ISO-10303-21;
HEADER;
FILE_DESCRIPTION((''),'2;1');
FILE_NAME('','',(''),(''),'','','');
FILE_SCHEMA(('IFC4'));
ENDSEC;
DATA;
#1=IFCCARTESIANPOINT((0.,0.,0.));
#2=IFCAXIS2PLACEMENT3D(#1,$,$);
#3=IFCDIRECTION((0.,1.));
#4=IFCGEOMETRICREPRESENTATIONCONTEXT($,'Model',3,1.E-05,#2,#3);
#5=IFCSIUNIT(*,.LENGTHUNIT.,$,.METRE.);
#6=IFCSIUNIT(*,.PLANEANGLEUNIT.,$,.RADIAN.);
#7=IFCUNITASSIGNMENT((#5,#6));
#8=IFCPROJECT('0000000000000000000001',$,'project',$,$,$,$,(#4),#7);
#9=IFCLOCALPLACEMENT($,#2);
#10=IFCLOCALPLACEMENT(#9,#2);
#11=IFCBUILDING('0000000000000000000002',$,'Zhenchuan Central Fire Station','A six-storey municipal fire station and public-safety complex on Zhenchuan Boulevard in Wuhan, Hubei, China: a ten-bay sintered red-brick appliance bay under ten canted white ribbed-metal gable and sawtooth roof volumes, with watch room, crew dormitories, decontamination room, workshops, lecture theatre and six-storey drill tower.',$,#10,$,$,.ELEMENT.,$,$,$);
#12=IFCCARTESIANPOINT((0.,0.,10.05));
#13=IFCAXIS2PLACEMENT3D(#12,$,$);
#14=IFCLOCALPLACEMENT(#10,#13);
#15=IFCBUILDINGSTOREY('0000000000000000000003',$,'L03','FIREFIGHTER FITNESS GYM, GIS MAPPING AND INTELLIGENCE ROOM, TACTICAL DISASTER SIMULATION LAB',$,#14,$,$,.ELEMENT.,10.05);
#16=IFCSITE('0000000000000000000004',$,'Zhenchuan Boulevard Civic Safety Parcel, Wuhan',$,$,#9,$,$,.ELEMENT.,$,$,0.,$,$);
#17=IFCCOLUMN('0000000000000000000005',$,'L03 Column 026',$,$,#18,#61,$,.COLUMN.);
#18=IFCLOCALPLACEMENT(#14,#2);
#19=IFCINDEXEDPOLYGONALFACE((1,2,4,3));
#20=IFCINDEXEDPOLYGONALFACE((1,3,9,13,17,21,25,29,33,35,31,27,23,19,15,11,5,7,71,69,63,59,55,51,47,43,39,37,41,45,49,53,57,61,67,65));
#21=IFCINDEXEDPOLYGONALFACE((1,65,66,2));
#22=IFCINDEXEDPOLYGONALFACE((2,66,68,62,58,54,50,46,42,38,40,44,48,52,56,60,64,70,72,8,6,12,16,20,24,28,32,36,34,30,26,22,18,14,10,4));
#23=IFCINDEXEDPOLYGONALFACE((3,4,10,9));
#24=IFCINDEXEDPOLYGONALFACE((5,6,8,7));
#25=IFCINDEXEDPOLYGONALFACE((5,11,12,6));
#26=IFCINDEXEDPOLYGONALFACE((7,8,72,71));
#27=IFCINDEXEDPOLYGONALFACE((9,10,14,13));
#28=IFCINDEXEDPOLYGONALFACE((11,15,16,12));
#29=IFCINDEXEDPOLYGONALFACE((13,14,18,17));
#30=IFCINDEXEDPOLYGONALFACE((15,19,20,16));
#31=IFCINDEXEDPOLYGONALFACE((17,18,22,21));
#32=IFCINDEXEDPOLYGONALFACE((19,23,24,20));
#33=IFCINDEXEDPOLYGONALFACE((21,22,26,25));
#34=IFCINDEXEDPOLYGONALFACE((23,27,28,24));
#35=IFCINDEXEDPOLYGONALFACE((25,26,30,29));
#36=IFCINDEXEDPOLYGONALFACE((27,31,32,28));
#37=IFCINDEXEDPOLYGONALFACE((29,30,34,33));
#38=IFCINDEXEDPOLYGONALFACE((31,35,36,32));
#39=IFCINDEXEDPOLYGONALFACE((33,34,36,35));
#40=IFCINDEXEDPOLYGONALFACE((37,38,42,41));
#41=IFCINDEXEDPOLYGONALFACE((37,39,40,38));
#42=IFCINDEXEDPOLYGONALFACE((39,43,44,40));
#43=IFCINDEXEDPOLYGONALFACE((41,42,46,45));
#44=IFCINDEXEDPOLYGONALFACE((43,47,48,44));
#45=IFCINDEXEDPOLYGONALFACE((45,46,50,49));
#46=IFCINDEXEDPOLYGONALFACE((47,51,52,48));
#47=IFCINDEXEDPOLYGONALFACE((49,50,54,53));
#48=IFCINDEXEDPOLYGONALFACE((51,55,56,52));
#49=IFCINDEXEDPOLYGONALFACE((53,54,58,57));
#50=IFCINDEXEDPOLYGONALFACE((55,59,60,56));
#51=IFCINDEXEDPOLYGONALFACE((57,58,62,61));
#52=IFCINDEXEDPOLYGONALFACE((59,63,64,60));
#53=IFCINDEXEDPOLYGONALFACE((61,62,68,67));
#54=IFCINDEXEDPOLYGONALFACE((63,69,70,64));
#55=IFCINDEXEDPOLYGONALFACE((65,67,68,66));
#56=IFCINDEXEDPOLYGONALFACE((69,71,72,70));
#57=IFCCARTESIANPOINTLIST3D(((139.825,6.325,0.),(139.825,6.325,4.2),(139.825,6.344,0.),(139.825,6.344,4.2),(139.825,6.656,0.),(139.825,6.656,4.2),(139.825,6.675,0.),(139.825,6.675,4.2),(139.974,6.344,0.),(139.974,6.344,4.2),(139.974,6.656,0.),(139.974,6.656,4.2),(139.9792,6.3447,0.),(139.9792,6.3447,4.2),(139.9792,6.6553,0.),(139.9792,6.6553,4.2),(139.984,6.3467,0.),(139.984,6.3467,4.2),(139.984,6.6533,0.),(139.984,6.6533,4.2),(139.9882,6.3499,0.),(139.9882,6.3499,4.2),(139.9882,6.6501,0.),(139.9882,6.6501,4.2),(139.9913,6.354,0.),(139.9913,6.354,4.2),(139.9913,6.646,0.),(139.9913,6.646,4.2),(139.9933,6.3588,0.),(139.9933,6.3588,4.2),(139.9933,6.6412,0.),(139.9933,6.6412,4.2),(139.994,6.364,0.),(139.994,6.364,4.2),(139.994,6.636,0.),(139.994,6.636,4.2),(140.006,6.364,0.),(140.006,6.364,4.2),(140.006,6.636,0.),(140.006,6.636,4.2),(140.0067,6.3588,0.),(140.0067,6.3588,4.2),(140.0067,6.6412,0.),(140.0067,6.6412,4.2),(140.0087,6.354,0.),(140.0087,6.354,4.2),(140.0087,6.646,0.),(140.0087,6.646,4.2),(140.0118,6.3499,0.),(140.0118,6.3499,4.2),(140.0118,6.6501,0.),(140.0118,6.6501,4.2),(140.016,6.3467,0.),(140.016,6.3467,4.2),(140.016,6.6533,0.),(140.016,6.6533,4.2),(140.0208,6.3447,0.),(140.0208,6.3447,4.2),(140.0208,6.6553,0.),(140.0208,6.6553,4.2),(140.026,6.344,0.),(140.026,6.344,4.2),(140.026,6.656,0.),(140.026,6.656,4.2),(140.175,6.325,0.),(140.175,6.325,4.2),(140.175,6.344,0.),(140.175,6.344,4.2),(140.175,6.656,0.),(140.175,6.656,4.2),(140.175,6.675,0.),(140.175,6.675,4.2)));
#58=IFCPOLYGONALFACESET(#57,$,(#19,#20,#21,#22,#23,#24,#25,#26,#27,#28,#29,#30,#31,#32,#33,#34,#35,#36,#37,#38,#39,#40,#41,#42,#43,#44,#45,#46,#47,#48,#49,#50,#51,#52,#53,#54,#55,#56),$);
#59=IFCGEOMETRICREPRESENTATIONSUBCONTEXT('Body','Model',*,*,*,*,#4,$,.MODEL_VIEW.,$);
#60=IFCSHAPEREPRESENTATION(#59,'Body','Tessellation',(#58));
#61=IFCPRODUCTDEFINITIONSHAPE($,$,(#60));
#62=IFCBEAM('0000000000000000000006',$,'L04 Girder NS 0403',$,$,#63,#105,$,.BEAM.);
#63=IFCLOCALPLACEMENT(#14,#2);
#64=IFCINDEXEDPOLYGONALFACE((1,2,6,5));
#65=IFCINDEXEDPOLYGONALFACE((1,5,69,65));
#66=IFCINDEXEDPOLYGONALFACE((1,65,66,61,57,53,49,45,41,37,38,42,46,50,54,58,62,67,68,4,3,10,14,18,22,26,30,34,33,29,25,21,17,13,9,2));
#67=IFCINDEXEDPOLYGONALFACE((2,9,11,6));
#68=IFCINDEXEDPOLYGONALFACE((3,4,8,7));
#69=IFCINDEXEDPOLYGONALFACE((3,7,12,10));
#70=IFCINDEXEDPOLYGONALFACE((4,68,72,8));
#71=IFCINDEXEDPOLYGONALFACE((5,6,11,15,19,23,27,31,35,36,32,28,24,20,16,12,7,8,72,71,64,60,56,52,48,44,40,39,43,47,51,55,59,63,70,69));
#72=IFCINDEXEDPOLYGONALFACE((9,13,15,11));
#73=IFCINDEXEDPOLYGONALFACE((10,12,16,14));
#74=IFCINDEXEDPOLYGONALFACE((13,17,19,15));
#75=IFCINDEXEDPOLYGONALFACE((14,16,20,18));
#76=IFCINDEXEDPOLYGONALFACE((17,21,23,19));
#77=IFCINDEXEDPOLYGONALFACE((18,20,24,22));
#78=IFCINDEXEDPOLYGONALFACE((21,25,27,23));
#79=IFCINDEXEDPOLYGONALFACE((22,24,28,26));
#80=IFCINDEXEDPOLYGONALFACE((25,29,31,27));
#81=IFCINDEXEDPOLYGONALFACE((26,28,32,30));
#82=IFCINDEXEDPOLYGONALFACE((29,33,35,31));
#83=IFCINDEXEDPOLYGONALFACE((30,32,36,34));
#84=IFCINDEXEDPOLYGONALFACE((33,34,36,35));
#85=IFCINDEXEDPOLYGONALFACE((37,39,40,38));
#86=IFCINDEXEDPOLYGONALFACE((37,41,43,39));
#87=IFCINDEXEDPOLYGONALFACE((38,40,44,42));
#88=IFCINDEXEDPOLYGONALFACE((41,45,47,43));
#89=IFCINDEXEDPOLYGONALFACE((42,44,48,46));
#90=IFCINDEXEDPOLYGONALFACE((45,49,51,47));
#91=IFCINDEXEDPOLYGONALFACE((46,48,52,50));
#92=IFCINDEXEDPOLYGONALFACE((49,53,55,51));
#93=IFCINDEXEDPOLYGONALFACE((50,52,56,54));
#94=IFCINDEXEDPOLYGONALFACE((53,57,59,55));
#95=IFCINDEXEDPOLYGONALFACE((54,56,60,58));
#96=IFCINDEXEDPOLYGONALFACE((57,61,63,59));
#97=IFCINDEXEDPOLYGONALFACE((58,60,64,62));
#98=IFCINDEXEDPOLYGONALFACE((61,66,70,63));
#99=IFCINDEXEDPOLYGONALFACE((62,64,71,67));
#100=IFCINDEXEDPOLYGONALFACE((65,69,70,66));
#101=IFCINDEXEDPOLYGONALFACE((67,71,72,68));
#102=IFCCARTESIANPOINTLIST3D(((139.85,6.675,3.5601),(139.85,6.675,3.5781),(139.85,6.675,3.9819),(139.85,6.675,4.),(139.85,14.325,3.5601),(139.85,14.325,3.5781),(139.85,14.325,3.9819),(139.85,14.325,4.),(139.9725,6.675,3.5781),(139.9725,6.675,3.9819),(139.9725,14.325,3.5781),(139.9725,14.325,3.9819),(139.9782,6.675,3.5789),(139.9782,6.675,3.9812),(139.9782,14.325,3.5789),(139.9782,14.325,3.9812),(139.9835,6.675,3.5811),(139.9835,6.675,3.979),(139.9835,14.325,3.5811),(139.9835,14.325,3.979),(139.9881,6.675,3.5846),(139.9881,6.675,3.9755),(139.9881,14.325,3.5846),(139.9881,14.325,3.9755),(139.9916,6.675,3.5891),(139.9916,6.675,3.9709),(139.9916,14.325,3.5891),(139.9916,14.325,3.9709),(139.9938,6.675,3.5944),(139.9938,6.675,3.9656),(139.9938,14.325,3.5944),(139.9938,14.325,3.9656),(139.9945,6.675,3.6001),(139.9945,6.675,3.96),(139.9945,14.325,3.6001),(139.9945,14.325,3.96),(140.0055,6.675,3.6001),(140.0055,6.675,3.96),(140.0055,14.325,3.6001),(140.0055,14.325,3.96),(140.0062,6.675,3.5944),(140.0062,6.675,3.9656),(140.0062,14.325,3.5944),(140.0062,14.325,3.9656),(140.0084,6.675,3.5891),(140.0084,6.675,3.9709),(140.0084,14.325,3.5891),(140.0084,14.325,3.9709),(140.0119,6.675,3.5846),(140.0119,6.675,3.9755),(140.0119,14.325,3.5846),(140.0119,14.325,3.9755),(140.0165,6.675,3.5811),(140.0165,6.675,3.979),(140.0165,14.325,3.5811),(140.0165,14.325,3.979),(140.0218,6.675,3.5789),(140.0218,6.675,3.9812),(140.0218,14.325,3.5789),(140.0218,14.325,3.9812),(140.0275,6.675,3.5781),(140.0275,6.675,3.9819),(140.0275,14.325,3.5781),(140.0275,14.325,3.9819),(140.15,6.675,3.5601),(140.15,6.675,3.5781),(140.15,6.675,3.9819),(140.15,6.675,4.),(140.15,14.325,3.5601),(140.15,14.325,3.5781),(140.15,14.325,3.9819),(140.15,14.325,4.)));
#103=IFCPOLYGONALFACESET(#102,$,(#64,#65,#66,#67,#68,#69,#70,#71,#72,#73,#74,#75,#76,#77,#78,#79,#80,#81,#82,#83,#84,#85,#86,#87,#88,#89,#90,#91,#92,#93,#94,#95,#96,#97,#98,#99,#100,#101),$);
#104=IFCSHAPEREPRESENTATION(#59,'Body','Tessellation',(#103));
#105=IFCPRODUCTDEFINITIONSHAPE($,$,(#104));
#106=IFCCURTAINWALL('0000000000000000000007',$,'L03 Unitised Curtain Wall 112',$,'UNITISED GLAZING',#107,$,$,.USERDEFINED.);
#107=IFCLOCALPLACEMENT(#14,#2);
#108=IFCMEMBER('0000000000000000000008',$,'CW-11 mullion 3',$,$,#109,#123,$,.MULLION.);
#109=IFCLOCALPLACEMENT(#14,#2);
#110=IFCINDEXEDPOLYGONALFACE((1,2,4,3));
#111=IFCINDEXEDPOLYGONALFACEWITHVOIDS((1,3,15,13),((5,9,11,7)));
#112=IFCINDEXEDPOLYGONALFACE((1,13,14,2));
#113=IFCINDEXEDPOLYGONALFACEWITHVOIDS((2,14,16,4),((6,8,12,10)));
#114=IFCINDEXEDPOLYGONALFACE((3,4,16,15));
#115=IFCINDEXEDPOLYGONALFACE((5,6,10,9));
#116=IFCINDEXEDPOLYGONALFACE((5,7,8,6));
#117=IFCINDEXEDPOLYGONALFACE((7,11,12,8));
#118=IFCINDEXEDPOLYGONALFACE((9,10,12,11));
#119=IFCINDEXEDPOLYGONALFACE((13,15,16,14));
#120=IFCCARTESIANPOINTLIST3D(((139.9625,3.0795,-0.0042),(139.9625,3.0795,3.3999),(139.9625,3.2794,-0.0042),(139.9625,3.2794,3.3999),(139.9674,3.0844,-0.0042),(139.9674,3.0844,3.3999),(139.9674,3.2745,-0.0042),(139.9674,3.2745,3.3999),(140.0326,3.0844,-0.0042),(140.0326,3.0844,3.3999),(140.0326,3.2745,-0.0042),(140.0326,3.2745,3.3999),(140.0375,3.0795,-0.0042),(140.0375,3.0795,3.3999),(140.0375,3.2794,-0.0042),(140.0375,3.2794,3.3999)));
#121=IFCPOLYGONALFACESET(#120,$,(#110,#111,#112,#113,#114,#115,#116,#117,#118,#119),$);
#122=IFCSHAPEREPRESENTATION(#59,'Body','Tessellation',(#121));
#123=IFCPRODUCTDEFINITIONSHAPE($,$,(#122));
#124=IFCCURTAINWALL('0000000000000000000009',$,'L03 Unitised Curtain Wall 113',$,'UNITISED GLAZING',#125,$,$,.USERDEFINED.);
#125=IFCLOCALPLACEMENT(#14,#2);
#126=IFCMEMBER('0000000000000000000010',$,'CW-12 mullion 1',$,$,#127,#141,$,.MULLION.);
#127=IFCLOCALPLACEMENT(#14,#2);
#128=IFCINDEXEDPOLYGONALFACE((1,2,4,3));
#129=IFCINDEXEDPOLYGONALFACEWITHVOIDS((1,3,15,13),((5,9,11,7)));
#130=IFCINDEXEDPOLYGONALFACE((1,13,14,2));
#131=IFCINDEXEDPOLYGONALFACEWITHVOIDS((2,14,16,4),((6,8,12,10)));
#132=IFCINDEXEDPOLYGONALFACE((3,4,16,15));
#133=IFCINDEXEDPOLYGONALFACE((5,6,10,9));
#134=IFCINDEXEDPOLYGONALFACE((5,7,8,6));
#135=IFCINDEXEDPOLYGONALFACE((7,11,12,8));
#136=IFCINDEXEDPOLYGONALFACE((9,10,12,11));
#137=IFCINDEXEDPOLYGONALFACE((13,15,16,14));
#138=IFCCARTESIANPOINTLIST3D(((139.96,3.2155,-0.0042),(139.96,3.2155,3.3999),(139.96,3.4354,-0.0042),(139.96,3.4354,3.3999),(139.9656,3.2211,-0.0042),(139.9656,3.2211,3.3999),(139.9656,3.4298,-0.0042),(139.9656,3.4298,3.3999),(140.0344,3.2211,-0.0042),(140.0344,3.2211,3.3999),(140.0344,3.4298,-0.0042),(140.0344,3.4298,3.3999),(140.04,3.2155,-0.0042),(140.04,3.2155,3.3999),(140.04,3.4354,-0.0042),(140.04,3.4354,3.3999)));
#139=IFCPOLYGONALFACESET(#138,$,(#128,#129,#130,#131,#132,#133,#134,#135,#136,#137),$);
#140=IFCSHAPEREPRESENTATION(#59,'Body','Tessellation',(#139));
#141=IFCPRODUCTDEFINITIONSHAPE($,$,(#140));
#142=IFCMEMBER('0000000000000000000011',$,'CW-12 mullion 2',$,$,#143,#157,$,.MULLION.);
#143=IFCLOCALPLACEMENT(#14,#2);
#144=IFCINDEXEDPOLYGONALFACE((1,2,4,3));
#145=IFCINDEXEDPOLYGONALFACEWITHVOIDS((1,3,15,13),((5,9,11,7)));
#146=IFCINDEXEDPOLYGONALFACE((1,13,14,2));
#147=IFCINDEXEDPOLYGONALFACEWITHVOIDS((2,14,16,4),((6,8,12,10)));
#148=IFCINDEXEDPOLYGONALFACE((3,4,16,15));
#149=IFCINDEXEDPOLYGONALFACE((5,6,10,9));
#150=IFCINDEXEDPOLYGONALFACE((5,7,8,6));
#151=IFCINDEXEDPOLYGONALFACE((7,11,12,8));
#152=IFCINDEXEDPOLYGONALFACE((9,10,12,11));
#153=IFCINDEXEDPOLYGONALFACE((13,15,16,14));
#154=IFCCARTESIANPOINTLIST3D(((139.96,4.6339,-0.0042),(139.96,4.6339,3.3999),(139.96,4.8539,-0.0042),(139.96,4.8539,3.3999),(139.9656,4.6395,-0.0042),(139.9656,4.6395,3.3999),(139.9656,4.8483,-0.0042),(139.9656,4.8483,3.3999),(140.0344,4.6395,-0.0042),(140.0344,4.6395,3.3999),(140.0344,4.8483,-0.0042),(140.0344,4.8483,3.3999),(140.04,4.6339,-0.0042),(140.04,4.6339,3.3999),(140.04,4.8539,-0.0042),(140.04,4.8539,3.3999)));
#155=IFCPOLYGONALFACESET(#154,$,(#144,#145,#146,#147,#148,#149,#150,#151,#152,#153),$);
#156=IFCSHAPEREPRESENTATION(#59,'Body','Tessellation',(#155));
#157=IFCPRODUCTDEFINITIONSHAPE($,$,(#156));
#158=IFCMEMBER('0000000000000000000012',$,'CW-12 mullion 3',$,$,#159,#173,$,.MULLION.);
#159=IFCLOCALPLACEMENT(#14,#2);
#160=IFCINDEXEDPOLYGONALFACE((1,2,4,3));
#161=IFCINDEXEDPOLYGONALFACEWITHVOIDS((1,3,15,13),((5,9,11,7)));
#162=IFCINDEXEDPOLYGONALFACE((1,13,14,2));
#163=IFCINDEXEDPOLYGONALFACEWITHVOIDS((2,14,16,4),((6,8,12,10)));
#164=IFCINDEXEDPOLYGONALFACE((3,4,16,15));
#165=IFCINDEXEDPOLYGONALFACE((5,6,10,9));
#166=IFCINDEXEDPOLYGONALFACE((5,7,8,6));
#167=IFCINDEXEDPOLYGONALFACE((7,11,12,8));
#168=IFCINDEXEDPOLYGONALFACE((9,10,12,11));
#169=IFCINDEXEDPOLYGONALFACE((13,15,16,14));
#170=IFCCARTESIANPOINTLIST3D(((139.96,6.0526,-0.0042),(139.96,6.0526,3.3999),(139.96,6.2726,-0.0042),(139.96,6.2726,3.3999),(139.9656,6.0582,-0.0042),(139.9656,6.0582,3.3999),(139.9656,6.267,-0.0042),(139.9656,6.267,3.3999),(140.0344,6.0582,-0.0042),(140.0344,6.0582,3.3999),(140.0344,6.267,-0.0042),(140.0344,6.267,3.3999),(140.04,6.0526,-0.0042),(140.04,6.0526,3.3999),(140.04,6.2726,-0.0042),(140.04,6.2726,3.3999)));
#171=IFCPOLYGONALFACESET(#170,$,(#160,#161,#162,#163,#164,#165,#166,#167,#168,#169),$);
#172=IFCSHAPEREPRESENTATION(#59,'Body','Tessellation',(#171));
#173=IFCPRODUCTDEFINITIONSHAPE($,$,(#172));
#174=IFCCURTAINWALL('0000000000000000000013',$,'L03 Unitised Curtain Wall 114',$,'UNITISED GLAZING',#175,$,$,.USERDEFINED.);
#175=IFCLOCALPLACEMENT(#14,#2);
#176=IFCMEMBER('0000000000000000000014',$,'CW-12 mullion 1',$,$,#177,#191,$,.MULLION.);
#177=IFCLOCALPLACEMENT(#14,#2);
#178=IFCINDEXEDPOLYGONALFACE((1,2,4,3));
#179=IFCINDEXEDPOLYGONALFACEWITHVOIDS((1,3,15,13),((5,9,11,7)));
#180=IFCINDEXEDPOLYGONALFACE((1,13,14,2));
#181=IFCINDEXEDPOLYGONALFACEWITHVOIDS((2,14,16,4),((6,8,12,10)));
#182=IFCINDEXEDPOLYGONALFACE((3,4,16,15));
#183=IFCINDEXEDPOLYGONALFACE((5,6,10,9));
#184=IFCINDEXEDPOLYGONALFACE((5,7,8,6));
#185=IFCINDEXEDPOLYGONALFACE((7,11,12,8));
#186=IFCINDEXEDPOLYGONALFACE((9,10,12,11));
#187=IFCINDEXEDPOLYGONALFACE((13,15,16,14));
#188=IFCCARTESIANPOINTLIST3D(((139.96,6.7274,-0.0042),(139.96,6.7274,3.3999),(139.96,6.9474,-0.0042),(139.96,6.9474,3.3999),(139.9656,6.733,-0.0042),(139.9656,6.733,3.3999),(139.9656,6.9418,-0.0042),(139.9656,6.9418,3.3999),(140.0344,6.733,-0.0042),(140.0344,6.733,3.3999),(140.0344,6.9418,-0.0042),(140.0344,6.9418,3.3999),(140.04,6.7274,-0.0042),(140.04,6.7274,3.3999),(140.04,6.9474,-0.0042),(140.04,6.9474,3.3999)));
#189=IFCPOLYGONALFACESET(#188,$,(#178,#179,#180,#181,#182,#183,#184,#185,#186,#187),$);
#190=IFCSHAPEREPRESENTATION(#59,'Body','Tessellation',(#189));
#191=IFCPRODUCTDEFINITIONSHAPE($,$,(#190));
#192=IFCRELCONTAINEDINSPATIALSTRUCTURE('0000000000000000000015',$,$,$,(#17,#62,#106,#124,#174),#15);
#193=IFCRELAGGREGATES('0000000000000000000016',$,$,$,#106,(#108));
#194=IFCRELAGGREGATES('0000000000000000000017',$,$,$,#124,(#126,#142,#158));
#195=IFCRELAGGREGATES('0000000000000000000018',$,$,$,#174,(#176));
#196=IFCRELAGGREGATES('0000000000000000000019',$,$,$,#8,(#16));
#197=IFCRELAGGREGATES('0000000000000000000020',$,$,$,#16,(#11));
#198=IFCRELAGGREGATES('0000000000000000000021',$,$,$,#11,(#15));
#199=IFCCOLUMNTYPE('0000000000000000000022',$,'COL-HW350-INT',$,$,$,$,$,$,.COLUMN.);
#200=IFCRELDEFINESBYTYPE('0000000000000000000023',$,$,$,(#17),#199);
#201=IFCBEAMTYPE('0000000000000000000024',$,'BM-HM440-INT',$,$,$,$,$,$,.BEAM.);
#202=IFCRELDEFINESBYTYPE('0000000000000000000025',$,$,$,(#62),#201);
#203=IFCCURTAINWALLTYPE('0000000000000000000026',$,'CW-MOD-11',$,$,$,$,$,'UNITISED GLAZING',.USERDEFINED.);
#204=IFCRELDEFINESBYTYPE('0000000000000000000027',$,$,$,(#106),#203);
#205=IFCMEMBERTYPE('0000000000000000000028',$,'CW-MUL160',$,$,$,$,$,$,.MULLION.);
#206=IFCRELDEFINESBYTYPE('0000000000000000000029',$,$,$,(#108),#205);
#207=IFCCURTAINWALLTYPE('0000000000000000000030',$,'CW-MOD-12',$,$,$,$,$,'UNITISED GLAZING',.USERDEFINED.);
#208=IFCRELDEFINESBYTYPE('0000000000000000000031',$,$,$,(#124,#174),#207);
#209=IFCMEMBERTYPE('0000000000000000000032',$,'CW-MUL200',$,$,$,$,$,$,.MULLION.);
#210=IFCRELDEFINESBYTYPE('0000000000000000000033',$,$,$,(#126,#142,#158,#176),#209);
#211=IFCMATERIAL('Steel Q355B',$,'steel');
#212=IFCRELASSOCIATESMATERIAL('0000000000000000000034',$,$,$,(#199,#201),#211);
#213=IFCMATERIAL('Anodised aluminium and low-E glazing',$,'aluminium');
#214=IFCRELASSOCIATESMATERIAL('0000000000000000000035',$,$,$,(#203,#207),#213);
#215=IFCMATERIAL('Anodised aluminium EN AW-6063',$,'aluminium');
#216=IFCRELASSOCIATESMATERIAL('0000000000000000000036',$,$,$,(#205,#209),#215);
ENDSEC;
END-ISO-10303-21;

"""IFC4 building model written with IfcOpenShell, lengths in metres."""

from ifc_helpers import new_model, si_unit, direction, frame, origin, origin_2d, place, context, subcontext, project, spatial, hollow_rectangle, i_section, extrude, material, material_profile, profile_set, type_object, element, aggregate, save


model = new_model("IFC4")

# Units and contexts
model_context = context("Model", 3, precision=1e-05, world=origin(), true_north=direction((0.0, 1.0)))
body_context = subcontext(model_context, "Body", "Model", "MODEL_VIEW")
ifc_project = project(units=[si_unit("LENGTHUNIT", "METRE"), si_unit("PLANEANGLEUNIT", "RADIAN")], contexts=[model_context])

# Site, building, storey
site_placement = place(None, origin())
site = spatial("IfcSite", under=ifc_project, at=site_placement, Name="Zhenchuan Boulevard Civic Safety Parcel, Wuhan", CompositionType="ELEMENT", RefElevation=0.0)
building_placement = place(site_placement, origin())
building = spatial("IfcBuilding", under=site, at=building_placement, Name="Zhenchuan Central Fire Station", Description="A six-storey municipal fire station and public-safety complex on Zhenchuan Boulevard in Wuhan, Hubei, China: a ten-bay sintered red-brick appliance bay under ten canted white ribbed-metal gable and sawtooth roof volumes, with watch room, crew dormitories, decontamination room, workshops, lecture theatre and six-storey drill tower.", CompositionType="ELEMENT")
storey_placement = place(building_placement, frame((0.0, 0.0, 10.05)))
storey = spatial("IfcBuildingStorey", under=building, at=storey_placement, Name="L03", Description="FIREFIGHTER FITNESS GYM, GIS MAPPING AND INTELLIGENCE ROOM, TACTICAL DISASTER SIMULATION LAB", CompositionType="ELEMENT", Elevation=10.05)

# Column
ifc_material_1 = material(Name="Steel Q355B", Category="steel")
ifc_material_profile_1 = material_profile(ifc_material_1, i_section(OverallWidth=0.3501, OverallDepth=0.3501, WebThickness=0.012, FlangeThickness=0.019, FilletRadius=0.02, at=origin_2d()), Name="HW 350x350")
ifc_profile_set_1 = profile_set([ifc_material_profile_1], Name="Steel Q355B")
column_type = type_object("IfcColumnType", Name="COL-HW350-INT", PredefinedType="COLUMN", material=ifc_profile_set_1)
column_placement = place(storey_placement, frame((140.0, 6.5, 0.0), z_axis=(0.0, 0.0, 1.0), x_axis=(1.0, 0.0, 0.0)))
element("IfcColumn", 1, at=column_placement, inside=storey, type_object=column_type, Name="L03 Column 026", PredefinedType="COLUMN", context=body_context, shape_type="SweptSolid", body=[
    extrude(i_section(OverallWidth=0.3501, OverallDepth=0.3501, WebThickness=0.012, FlangeThickness=0.019, FilletRadius=0.02, at=origin_2d()), origin(), (0.0, 0.0, 1.0), 4.2),
])

# Beam
ifc_material_profile_2 = material_profile(ifc_material_1, i_section(OverallWidth=0.3, OverallDepth=0.4399, WebThickness=0.011, FlangeThickness=0.0181, FilletRadius=0.022, at=origin_2d()), Name="HM 440x300")
ifc_profile_set_2 = profile_set([ifc_material_profile_2], Name="Steel Q355B")
beam_type = type_object("IfcBeamType", Name="BM-HM440-INT", PredefinedType="BEAM", material=ifc_profile_set_2)
beam_placement = place(storey_placement, frame((140.0, 6.675, 3.78), z_axis=(0.0, 1.0, 0.0), x_axis=(-1.0, 0.0, 0.0)))
element("IfcBeam", 2, at=beam_placement, inside=storey, type_object=beam_type, Name="L04 Girder NS 0403", PredefinedType="BEAM", context=body_context, shape_type="SweptSolid", body=[
    extrude(i_section(OverallWidth=0.3, OverallDepth=0.4399, WebThickness=0.011, FlangeThickness=0.0181, FilletRadius=0.022, at=origin_2d()), origin(), (0.0, 0.0, 1.0), 7.6499),
])

# Curtain wall, member
ifc_material_2 = material(Name="Anodised aluminium and low-E glazing", Category="aluminium")
curtain_wall_type_1 = type_object("IfcCurtainWallType", Name="CW-MOD-11", ElementType="UNITISED GLAZING", PredefinedType="USERDEFINED", material=ifc_material_2)
curtain_wall_1_placement = place(storey_placement, origin())
curtain_wall_1 = element("IfcCurtainWall", 3, at=curtain_wall_1_placement, inside=storey, type_object=curtain_wall_type_1, Name="L03 Unitised Curtain Wall 112", ObjectType="UNITISED GLAZING", PredefinedType="USERDEFINED")
ifc_material_3 = material(Name="Anodised aluminium EN AW-6063", Category="aluminium")
ifc_material_profile_3 = material_profile(ifc_material_3, hollow_rectangle(XDim=0.075, YDim=0.2, WallThickness=0.0049, at=origin_2d()), Name="ALU-M 200x75")
ifc_profile_set_3 = profile_set([ifc_material_profile_3], Name="Anodised aluminium EN AW-6063")
member_type_1 = type_object("IfcMemberType", Name="CW-MUL160", PredefinedType="MULLION", material=ifc_profile_set_3)
member_1_placement = place(storey_placement, frame((140.0, 3.1794, -0.0042), z_axis=(0.0, 0.0, 1.0), x_axis=(-1.0, 0.0, 0.0)))
member_1 = element("IfcMember", 4, at=member_1_placement, type_object=member_type_1, Name="CW-11 mullion 3", PredefinedType="MULLION", context=body_context, shape_type="SweptSolid", body=[
    extrude(hollow_rectangle(XDim=0.075, YDim=0.2, WallThickness=0.0049, at=origin_2d()), origin(), (0.0, 0.0, 1.0), 3.4041),
])

# Curtain walls, members
curtain_wall_type_2 = type_object("IfcCurtainWallType", Name="CW-MOD-12", ElementType="UNITISED GLAZING", PredefinedType="USERDEFINED", material=ifc_material_2)
curtain_wall_2_placement = place(storey_placement, origin())
curtain_wall_2 = element("IfcCurtainWall", 5, at=curtain_wall_2_placement, inside=storey, type_object=curtain_wall_type_2, Name="L03 Unitised Curtain Wall 113", ObjectType="UNITISED GLAZING", PredefinedType="USERDEFINED")
ifc_material_profile_4 = material_profile(ifc_material_3, hollow_rectangle(XDim=0.0801, YDim=0.22, WallThickness=0.0056, at=origin_2d()), Name="ALU-M 220x80")
ifc_profile_set_4 = profile_set([ifc_material_profile_4], Name="Anodised aluminium EN AW-6063")
member_type_2 = type_object("IfcMemberType", Name="CW-MUL200", PredefinedType="MULLION", material=ifc_profile_set_4)
member_2_placement = place(storey_placement, frame((140.0, 3.3254, -0.0042), z_axis=(0.0, 0.0, 1.0), x_axis=(-1.0, 0.0, 0.0)))
member_2 = element("IfcMember", 6, at=member_2_placement, type_object=member_type_2, Name="CW-12 mullion 1", PredefinedType="MULLION", context=body_context, shape_type="SweptSolid", body=[
    extrude(hollow_rectangle(XDim=0.0801, YDim=0.22, WallThickness=0.0056, at=origin_2d()), origin(), (0.0, 0.0, 1.0), 3.4041),
])
member_3_placement = place(storey_placement, frame((140.0, 4.7439, -0.0042), z_axis=(0.0, 0.0, 1.0), x_axis=(-1.0, 0.0, 0.0)))
member_3 = element("IfcMember", 7, at=member_3_placement, type_object=member_type_2, Name="CW-12 mullion 2", PredefinedType="MULLION", context=body_context, shape_type="SweptSolid", body=[
    extrude(hollow_rectangle(XDim=0.0801, YDim=0.22, WallThickness=0.0056, at=origin_2d()), origin(), (0.0, 0.0, 1.0), 3.4041),
])
member_4_placement = place(storey_placement, frame((140.0, 6.1626, -0.0042), z_axis=(0.0, 0.0, 1.0), x_axis=(-1.0, 0.0, 0.0)))
member_4 = element("IfcMember", 8, at=member_4_placement, type_object=member_type_2, Name="CW-12 mullion 3", PredefinedType="MULLION", context=body_context, shape_type="SweptSolid", body=[
    extrude(hollow_rectangle(XDim=0.0801, YDim=0.22, WallThickness=0.0056, at=origin_2d()), origin(), (0.0, 0.0, 1.0), 3.4041),
])
curtain_wall_3_placement = place(storey_placement, origin())
curtain_wall_3 = element("IfcCurtainWall", 9, at=curtain_wall_3_placement, inside=storey, type_object=curtain_wall_type_2, Name="L03 Unitised Curtain Wall 114", ObjectType="UNITISED GLAZING", PredefinedType="USERDEFINED")
member_5_placement = place(storey_placement, frame((140.0, 6.8374, -0.0042), z_axis=(0.0, 0.0, 1.0), x_axis=(-1.0, 0.0, 0.0)))
member_5 = element("IfcMember", 10, at=member_5_placement, type_object=member_type_2, Name="CW-12 mullion 1", PredefinedType="MULLION", context=body_context, shape_type="SweptSolid", body=[
    extrude(hollow_rectangle(XDim=0.0801, YDim=0.22, WallThickness=0.0056, at=origin_2d()), origin(), (0.0, 0.0, 1.0), 3.4041),
])

aggregate(curtain_wall_1, [member_1])
aggregate(curtain_wall_2, [member_2, member_3, member_4])
aggregate(curtain_wall_3, [member_5])

save(model, "model.ifc")
